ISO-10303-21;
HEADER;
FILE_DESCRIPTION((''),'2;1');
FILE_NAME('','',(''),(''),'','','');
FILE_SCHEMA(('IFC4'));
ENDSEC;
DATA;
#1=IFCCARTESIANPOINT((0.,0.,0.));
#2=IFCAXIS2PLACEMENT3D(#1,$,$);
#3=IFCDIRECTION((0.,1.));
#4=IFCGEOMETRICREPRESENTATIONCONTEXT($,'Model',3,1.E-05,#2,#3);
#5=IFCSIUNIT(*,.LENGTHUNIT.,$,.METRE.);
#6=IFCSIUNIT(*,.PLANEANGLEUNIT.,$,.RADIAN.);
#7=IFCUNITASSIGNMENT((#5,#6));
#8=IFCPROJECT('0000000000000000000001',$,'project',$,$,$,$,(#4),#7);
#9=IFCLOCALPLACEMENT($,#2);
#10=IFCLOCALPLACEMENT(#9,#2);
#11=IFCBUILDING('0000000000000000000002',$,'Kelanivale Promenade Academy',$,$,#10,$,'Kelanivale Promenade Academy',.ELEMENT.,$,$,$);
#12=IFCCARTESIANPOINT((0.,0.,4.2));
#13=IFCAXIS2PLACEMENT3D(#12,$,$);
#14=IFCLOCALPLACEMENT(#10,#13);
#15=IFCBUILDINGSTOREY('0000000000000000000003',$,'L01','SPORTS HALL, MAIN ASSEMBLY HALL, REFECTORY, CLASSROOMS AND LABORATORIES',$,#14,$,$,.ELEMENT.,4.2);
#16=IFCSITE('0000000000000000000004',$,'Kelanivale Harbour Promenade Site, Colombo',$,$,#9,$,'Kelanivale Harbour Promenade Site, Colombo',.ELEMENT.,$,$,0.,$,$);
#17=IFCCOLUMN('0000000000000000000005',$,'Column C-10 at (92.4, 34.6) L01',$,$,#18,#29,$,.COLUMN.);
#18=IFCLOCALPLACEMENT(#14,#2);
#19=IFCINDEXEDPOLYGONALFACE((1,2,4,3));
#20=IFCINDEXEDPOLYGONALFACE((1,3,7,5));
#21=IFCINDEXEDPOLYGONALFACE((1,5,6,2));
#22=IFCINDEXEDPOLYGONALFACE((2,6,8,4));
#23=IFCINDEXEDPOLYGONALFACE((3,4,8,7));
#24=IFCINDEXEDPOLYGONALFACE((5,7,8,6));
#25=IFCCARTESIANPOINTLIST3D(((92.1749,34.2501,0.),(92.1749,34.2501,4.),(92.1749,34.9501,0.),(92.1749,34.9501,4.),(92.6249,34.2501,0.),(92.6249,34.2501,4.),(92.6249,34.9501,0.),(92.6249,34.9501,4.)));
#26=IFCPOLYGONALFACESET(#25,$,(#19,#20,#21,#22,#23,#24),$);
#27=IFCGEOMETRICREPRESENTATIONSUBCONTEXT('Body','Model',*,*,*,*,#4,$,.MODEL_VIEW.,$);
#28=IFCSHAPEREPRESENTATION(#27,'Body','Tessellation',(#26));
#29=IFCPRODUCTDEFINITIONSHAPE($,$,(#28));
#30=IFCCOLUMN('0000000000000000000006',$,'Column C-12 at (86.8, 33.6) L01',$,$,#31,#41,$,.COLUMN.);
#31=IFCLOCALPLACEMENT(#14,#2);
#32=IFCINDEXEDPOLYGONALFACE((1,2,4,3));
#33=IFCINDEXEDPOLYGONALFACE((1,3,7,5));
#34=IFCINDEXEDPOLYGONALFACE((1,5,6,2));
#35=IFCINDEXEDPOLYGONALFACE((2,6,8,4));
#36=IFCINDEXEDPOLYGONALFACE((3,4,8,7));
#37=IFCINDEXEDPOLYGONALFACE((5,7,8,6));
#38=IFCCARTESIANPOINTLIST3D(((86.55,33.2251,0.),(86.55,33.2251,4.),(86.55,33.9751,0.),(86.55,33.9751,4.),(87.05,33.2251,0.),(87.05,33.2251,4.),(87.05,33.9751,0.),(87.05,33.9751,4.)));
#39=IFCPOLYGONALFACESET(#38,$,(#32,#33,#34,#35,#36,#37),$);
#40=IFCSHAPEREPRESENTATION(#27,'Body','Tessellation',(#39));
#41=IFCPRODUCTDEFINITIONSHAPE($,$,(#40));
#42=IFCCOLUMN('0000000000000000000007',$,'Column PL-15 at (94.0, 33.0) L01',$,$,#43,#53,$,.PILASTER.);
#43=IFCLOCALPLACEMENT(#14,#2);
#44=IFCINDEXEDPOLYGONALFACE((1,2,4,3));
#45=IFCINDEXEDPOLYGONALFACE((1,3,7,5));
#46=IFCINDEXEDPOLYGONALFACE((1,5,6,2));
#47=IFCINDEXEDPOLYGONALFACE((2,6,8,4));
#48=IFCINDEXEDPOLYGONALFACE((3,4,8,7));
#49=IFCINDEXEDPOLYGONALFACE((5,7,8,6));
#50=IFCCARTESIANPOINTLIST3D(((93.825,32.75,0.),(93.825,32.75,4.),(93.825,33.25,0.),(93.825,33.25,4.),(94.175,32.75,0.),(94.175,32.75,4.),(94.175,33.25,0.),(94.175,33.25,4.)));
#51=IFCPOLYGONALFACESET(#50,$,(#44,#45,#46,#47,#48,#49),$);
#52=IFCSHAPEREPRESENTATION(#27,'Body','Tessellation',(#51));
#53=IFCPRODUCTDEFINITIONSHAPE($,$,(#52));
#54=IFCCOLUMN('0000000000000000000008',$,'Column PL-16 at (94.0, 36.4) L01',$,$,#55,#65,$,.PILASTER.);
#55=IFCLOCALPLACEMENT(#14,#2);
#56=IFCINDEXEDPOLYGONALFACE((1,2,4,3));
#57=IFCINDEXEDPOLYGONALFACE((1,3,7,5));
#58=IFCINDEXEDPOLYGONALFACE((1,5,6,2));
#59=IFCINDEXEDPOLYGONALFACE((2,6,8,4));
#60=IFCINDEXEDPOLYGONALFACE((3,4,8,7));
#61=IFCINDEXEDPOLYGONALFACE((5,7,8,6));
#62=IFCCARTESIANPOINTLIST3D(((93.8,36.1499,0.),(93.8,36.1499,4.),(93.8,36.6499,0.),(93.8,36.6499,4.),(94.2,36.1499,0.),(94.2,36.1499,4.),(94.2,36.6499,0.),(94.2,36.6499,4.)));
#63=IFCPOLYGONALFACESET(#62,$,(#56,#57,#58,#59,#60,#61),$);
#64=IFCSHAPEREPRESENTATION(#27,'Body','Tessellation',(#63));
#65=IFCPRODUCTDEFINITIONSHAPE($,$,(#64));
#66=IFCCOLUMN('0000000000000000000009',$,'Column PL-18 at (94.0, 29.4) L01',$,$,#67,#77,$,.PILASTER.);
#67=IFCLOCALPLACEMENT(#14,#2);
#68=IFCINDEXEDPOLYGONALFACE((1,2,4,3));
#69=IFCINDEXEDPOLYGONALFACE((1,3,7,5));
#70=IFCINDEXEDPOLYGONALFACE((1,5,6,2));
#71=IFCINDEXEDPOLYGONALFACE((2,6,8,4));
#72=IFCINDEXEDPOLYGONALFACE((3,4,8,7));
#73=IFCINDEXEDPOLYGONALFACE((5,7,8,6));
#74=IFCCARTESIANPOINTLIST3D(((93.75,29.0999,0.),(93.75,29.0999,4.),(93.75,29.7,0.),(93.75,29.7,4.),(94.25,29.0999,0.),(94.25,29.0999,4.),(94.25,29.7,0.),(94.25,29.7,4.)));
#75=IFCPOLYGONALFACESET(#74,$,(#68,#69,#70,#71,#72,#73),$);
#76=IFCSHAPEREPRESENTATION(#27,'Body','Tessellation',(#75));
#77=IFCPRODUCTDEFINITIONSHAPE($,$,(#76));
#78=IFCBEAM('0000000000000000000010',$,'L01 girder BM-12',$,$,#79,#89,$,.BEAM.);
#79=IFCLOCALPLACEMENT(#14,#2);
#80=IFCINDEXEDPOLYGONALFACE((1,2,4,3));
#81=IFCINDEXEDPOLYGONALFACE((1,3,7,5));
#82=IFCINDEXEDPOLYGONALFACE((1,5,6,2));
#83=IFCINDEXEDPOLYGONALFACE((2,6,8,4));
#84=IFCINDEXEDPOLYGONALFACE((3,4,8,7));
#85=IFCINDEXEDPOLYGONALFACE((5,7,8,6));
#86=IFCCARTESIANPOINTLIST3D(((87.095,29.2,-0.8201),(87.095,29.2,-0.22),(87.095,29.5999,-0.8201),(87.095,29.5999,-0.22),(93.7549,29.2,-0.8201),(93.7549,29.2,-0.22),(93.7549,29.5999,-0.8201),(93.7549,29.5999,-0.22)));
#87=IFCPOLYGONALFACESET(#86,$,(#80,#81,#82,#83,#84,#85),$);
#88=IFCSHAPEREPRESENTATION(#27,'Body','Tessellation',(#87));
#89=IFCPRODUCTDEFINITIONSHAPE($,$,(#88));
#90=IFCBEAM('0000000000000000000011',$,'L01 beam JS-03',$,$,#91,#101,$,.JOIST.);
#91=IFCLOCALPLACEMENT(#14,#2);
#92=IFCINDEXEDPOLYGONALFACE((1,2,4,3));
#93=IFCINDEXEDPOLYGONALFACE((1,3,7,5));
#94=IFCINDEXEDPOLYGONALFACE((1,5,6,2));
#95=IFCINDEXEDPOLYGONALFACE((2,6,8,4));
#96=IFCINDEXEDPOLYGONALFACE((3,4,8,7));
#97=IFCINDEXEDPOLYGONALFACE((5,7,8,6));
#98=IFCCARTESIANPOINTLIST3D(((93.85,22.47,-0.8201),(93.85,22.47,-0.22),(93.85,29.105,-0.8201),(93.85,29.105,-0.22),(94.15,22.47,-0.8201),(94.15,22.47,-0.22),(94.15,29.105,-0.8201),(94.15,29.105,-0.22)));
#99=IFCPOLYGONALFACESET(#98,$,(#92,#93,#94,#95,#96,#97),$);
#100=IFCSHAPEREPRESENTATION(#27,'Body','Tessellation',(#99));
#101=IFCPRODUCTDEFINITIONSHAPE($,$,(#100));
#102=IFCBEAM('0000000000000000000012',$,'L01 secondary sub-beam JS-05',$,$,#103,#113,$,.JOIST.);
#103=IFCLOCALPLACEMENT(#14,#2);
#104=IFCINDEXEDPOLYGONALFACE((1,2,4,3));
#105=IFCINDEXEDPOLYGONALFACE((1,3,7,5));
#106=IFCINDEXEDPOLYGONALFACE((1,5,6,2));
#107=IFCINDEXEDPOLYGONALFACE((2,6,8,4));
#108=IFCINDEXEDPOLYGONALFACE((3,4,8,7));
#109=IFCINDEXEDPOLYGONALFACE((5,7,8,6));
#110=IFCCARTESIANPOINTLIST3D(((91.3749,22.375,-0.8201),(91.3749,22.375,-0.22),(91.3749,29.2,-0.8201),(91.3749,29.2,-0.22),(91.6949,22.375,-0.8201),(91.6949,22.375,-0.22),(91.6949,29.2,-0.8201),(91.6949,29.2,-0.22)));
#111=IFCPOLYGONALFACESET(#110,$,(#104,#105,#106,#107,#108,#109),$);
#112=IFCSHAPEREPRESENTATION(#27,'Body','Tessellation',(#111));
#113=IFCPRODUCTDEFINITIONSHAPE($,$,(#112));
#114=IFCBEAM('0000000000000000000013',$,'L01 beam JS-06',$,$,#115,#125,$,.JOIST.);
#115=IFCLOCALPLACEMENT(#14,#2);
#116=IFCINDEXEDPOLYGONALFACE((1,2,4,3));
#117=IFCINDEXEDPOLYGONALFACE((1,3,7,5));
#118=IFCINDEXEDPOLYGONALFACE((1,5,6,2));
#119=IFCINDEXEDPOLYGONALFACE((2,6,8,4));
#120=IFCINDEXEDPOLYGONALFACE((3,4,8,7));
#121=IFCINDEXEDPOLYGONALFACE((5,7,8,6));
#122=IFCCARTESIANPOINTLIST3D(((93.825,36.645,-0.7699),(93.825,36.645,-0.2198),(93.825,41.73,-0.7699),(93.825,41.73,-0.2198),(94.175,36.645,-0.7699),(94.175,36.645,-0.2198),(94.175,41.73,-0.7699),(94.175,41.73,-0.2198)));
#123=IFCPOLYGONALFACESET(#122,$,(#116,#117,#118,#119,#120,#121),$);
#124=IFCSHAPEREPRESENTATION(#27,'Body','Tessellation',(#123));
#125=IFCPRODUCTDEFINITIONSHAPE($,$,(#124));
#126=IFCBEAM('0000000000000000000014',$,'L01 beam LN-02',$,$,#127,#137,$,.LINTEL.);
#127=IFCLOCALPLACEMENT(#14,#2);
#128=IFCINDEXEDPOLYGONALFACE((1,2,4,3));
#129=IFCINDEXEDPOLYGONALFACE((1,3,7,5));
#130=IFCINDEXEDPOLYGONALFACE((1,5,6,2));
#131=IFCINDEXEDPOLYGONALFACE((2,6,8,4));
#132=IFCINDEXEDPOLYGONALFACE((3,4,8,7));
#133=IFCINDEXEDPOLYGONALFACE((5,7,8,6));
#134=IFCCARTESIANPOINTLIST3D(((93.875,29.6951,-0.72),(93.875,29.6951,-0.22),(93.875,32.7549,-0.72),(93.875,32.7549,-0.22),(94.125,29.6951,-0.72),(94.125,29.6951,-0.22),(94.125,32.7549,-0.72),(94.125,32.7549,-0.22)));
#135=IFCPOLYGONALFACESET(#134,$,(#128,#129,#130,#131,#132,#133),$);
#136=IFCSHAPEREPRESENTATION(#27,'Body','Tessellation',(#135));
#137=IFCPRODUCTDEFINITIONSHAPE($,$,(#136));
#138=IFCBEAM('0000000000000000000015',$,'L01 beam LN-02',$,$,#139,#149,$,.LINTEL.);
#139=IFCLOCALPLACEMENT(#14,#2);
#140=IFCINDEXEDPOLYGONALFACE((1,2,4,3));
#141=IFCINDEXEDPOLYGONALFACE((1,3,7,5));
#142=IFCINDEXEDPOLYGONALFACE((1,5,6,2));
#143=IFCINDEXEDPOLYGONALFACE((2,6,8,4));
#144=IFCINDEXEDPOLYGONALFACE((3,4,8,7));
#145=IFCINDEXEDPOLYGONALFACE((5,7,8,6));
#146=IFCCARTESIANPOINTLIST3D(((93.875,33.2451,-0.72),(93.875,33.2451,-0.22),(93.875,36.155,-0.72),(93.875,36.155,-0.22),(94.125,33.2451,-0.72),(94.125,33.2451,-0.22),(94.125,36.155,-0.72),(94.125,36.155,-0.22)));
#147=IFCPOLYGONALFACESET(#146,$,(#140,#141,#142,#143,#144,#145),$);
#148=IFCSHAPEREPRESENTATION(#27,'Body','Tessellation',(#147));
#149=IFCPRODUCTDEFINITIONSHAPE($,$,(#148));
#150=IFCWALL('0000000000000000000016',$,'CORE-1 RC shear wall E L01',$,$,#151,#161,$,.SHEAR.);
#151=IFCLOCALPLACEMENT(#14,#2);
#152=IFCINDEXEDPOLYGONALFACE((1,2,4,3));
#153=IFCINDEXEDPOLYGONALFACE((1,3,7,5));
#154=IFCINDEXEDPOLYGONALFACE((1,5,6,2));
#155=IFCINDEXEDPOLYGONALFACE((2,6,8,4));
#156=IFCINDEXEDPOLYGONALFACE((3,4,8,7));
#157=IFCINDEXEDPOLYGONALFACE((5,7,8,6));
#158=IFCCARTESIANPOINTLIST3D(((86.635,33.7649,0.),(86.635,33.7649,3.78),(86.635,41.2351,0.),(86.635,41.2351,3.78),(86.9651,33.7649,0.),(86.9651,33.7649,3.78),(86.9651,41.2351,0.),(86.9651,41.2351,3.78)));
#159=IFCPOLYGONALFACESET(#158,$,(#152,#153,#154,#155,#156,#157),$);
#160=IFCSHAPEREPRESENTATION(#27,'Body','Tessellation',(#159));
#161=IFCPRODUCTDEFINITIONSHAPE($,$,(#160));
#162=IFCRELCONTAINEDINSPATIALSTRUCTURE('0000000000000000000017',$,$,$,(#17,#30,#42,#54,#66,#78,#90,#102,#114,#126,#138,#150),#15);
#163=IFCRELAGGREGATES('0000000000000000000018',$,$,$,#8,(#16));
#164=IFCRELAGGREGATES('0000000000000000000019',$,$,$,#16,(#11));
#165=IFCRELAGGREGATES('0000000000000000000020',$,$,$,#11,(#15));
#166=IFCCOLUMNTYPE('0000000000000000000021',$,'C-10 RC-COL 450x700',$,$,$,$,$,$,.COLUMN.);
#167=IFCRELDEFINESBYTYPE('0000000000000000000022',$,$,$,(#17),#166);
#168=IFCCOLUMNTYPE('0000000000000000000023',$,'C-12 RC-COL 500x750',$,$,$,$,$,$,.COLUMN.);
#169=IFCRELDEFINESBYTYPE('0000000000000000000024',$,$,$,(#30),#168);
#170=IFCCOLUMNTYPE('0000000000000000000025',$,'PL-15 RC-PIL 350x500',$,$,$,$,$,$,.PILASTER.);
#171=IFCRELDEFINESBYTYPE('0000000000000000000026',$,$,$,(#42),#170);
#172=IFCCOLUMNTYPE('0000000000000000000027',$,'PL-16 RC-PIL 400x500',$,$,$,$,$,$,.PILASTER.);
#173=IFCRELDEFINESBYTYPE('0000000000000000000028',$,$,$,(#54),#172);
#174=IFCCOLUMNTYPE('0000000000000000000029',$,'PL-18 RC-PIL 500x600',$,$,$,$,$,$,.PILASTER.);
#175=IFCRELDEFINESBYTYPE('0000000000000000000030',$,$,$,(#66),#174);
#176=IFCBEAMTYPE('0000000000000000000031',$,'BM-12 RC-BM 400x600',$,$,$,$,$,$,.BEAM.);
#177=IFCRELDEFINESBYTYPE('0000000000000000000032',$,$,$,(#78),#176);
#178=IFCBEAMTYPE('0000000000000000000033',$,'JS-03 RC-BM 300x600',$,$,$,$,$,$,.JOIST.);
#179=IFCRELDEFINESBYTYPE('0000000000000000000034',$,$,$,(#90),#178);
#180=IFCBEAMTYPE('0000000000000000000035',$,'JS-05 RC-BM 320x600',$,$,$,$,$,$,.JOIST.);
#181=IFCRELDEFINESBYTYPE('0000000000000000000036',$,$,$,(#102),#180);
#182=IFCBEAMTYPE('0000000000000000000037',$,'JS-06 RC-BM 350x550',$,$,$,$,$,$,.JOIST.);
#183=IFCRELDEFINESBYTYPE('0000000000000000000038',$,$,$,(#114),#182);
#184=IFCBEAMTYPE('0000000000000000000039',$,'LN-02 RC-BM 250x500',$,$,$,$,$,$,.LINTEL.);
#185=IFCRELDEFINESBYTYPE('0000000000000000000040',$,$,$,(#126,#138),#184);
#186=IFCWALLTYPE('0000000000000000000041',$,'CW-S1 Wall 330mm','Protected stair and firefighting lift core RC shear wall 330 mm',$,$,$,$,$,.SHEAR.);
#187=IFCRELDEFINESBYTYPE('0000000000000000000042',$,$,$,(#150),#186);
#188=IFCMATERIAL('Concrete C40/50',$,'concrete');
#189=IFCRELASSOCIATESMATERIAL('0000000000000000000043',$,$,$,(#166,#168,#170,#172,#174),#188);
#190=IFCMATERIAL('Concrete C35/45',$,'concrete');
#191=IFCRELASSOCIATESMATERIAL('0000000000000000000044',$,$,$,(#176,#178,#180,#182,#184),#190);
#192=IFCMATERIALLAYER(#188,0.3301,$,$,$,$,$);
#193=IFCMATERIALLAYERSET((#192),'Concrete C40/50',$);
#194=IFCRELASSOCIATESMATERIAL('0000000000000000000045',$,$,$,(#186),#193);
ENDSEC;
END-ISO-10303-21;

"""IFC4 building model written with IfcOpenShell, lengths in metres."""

from ifc_helpers import new_model, si_unit, direction, frame, frame_2d, origin, origin_2d, place, context, subcontext, project, spatial, rectangle, extrude, material, layer, layer_set, material_profile, profile_set, type_object, element, save


model = new_model("IFC4")

# Units and contexts
model_context = context("Model", 3, precision=1e-05, world=origin(), true_north=direction((0.0, 1.0)))
body_context = subcontext(model_context, "Body", "Model", "MODEL_VIEW")
ifc_project = project(units=[si_unit("LENGTHUNIT", "METRE"), si_unit("PLANEANGLEUNIT", "RADIAN")], contexts=[model_context])

# Site, building, storey
site_placement = place(None, origin())
site = spatial("IfcSite", under=ifc_project, at=site_placement, Name="Kelanivale Harbour Promenade Site, Colombo", LongName="Kelanivale Harbour Promenade Site, Colombo", CompositionType="ELEMENT", RefElevation=0.0)
building_placement = place(site_placement, origin())
building = spatial("IfcBuilding", under=site, at=building_placement, Name="Kelanivale Promenade Academy", LongName="Kelanivale Promenade Academy", CompositionType="ELEMENT")
storey_placement = place(building_placement, frame((0.0, 0.0, 4.2)))
storey = spatial("IfcBuildingStorey", under=building, at=storey_placement, Name="L01", Description="SPORTS HALL, MAIN ASSEMBLY HALL, REFECTORY, CLASSROOMS AND LABORATORIES", CompositionType="ELEMENT", Elevation=4.2)

# Columns
ifc_material_1 = material(Name="Concrete C40/50", Category="concrete")
ifc_material_profile_1 = material_profile(ifc_material_1, rectangle(XDim=0.45, YDim=0.7, at=origin_2d()), Name="RC-COL 450x700")
ifc_profile_set_1 = profile_set([ifc_material_profile_1], Name="Concrete C40/50")
column_type_1 = type_object("IfcColumnType", Name="C-10 RC-COL 450x700", PredefinedType="COLUMN", material=ifc_profile_set_1)
column_1_placement = place(storey_placement, frame((92.3999, 34.6001, 0.0), z_axis=(0.0, 0.0, 1.0), x_axis=(1.0, 0.0, 0.0)))
element("IfcColumn", 1, at=column_1_placement, inside=storey, type_object=column_type_1, Name="Column C-10 at (92.4, 34.6) L01", PredefinedType="COLUMN", context=body_context, shape_type="SweptSolid", body=[
    extrude(rectangle(XDim=0.45, YDim=0.7, at=origin_2d()), origin(), (0.0, 0.0, 1.0), 4.0),
])
ifc_material_profile_2 = material_profile(ifc_material_1, rectangle(XDim=0.5, YDim=0.75, at=origin_2d()), Name="RC-COL 500x750")
ifc_profile_set_2 = profile_set([ifc_material_profile_2], Name="Concrete C40/50")
column_type_2 = type_object("IfcColumnType", Name="C-12 RC-COL 500x750", PredefinedType="COLUMN", material=ifc_profile_set_2)
column_2_placement = place(storey_placement, frame((86.8, 33.6001, 0.0), z_axis=(0.0, 0.0, 1.0), x_axis=(1.0, 0.0, 0.0)))
element("IfcColumn", 2, at=column_2_placement, inside=storey, type_object=column_type_2, Name="Column C-12 at (86.8, 33.6) L01", PredefinedType="COLUMN", context=body_context, shape_type="SweptSolid", body=[
    extrude(rectangle(XDim=0.5, YDim=0.75, at=origin_2d()), origin(), (0.0, 0.0, 1.0), 4.0),
])
ifc_material_profile_3 = material_profile(ifc_material_1, rectangle(XDim=0.3501, YDim=0.5, at=origin_2d()), Name="RC-PIL 350x500")
ifc_profile_set_3 = profile_set([ifc_material_profile_3], Name="Concrete C40/50")
column_type_3 = type_object("IfcColumnType", Name="PL-15 RC-PIL 350x500", PredefinedType="PILASTER", material=ifc_profile_set_3)
column_3_placement = place(storey_placement, frame((94.0, 33.0, 0.0), z_axis=(0.0, 0.0, 1.0), x_axis=(1.0, 0.0, 0.0)))
element("IfcColumn", 3, at=column_3_placement, inside=storey, type_object=column_type_3, Name="Column PL-15 at (94.0, 33.0) L01", PredefinedType="PILASTER", context=body_context, shape_type="SweptSolid", body=[
    extrude(rectangle(XDim=0.3501, YDim=0.5, at=origin_2d()), origin(), (0.0, 0.0, 1.0), 4.0),
])
ifc_material_profile_4 = material_profile(ifc_material_1, rectangle(XDim=0.3999, YDim=0.5, at=origin_2d()), Name="RC-PIL 400x500")
ifc_profile_set_4 = profile_set([ifc_material_profile_4], Name="Concrete C40/50")
column_type_4 = type_object("IfcColumnType", Name="PL-16 RC-PIL 400x500", PredefinedType="PILASTER", material=ifc_profile_set_4)
column_4_placement = place(storey_placement, frame((94.0, 36.3999, 0.0), z_axis=(0.0, 0.0, 1.0), x_axis=(1.0, 0.0, 0.0)))
element("IfcColumn", 4, at=column_4_placement, inside=storey, type_object=column_type_4, Name="Column PL-16 at (94.0, 36.4) L01", PredefinedType="PILASTER", context=body_context, shape_type="SweptSolid", body=[
    extrude(rectangle(XDim=0.3999, YDim=0.5, at=origin_2d()), origin(), (0.0, 0.0, 1.0), 4.0),
])
ifc_material_profile_5 = material_profile(ifc_material_1, rectangle(XDim=0.5, YDim=0.6001, at=origin_2d()), Name="RC-PIL 500x600")
ifc_profile_set_5 = profile_set([ifc_material_profile_5], Name="Concrete C40/50")
column_type_5 = type_object("IfcColumnType", Name="PL-18 RC-PIL 500x600", PredefinedType="PILASTER", material=ifc_profile_set_5)
column_5_placement = place(storey_placement, frame((94.0, 29.3999, 0.0), z_axis=(0.0, 0.0, 1.0), x_axis=(1.0, 0.0, 0.0)))
element("IfcColumn", 5, at=column_5_placement, inside=storey, type_object=column_type_5, Name="Column PL-18 at (94.0, 29.4) L01", PredefinedType="PILASTER", context=body_context, shape_type="SweptSolid", body=[
    extrude(rectangle(XDim=0.5, YDim=0.6001, at=origin_2d()), origin(), (0.0, 0.0, 1.0), 4.0),
])

# Beams
ifc_material_2 = material(Name="Concrete C35/45", Category="concrete")
ifc_material_profile_6 = material_profile(ifc_material_2, rectangle(XDim=0.3999, YDim=0.6001, at=origin_2d()), Name="RC-BM 400x600")
ifc_profile_set_6 = profile_set([ifc_material_profile_6], Name="Concrete C35/45")
beam_type_1 = type_object("IfcBeamType", Name="BM-12 RC-BM 400x600", PredefinedType="BEAM", material=ifc_profile_set_6)
beam_1_placement = place(storey_placement, frame((87.095, 29.3999, -0.52), z_axis=(1.0, 0.0, 0.0), x_axis=(0.0, 1.0, 0.0)))
element("IfcBeam", 6, at=beam_1_placement, inside=storey, type_object=beam_type_1, Name="L01 girder BM-12", PredefinedType="BEAM", context=body_context, shape_type="SweptSolid", body=[
    extrude(rectangle(XDim=0.3999, YDim=0.6001, at=origin_2d()), origin(), (0.0, 0.0, 1.0), 6.6599),
])
ifc_material_profile_7 = material_profile(ifc_material_2, rectangle(XDim=0.3, YDim=0.6001, at=origin_2d()), Name="RC-BM 300x600")
ifc_profile_set_7 = profile_set([ifc_material_profile_7], Name="Concrete C35/45")
beam_type_2 = type_object("IfcBeamType", Name="JS-03 RC-BM 300x600", PredefinedType="JOIST", material=ifc_profile_set_7)
beam_2_placement = place(storey_placement, frame((94.0, 22.47, -0.52), z_axis=(0.0, 1.0, 0.0), x_axis=(-1.0, 0.0, 0.0)))
element("IfcBeam", 7, at=beam_2_placement, inside=storey, type_object=beam_type_2, Name="L01 beam JS-03", PredefinedType="JOIST", context=body_context, shape_type="SweptSolid", body=[
    extrude(rectangle(XDim=0.3, YDim=0.6001, at=origin_2d()), origin(), (0.0, 0.0, 1.0), 6.635),
])
ifc_material_profile_8 = material_profile(ifc_material_2, rectangle(XDim=0.3201, YDim=0.6001, at=origin_2d()), Name="RC-BM 320x600")
ifc_profile_set_8 = profile_set([ifc_material_profile_8], Name="Concrete C35/45")
beam_type_3 = type_object("IfcBeamType", Name="JS-05 RC-BM 320x600", PredefinedType="JOIST", material=ifc_profile_set_8)
beam_3_placement = place(storey_placement, frame((91.5349, 22.375, -0.52), z_axis=(0.0, 1.0, 0.0), x_axis=(-1.0, 0.0, 0.0)))
element("IfcBeam", 8, at=beam_3_placement, inside=storey, type_object=beam_type_3, Name="L01 secondary sub-beam JS-05", PredefinedType="JOIST", context=body_context, shape_type="SweptSolid", body=[
    extrude(rectangle(XDim=0.3201, YDim=0.6001, at=origin_2d()), origin(), (0.0, 0.0, 1.0), 6.825),
])
ifc_material_profile_9 = material_profile(ifc_material_2, rectangle(XDim=0.3501, YDim=0.55, at=origin_2d()), Name="RC-BM 350x550")
ifc_profile_set_9 = profile_set([ifc_material_profile_9], Name="Concrete C35/45")
beam_type_4 = type_object("IfcBeamType", Name="JS-06 RC-BM 350x550", PredefinedType="JOIST", material=ifc_profile_set_9)
beam_4_placement = place(storey_placement, frame((94.0, 36.645, -0.4949), z_axis=(0.0, 1.0, 0.0), x_axis=(-1.0, 0.0, 0.0)))
element("IfcBeam", 9, at=beam_4_placement, inside=storey, type_object=beam_type_4, Name="L01 beam JS-06", PredefinedType="JOIST", context=body_context, shape_type="SweptSolid", body=[
    extrude(rectangle(XDim=0.3501, YDim=0.55, at=origin_2d()), origin(), (0.0, 0.0, 1.0), 5.085),
])
ifc_material_profile_10 = material_profile(ifc_material_2, rectangle(XDim=0.25, YDim=0.5, at=origin_2d()), Name="RC-BM 250x500")
ifc_profile_set_10 = profile_set([ifc_material_profile_10], Name="Concrete C35/45")
beam_type_5 = type_object("IfcBeamType", Name="LN-02 RC-BM 250x500", PredefinedType="LINTEL", material=ifc_profile_set_10)
beam_5_placement = place(storey_placement, frame((94.0, 29.6951, -0.47), z_axis=(0.0, 1.0, 0.0), x_axis=(-1.0, 0.0, 0.0)))
element("IfcBeam", 10, at=beam_5_placement, inside=storey, type_object=beam_type_5, Name="L01 beam LN-02", PredefinedType="LINTEL", context=body_context, shape_type="SweptSolid", body=[
    extrude(rectangle(XDim=0.25, YDim=0.5, at=origin_2d()), origin(), (0.0, 0.0, 1.0), 3.0598),
])
beam_6_placement = place(storey_placement, frame((94.0, 33.2451, -0.47), z_axis=(0.0, 1.0, 0.0), x_axis=(-1.0, 0.0, 0.0)))
element("IfcBeam", 11, at=beam_6_placement, inside=storey, type_object=beam_type_5, Name="L01 beam LN-02", PredefinedType="LINTEL", context=body_context, shape_type="SweptSolid", body=[
    extrude(rectangle(XDim=0.25, YDim=0.5, at=origin_2d()), origin(), (0.0, 0.0, 1.0), 2.9099),
])

# Wall
ifc_layer_1 = layer(ifc_material_1, 0.3301)
ifc_layer_set_1 = layer_set([ifc_layer_1], Name="Concrete C40/50")
wall_type = type_object("IfcWallType", Name="CW-S1 Wall 330mm", Description="Protected stair and firefighting lift core RC shear wall 330 mm", PredefinedType="SHEAR", material=ifc_layer_set_1)
wall_placement = place(storey_placement, frame((86.8, 33.7649, 0.0), z_axis=(0.0, 0.0, 1.0), x_axis=(0.0, 1.0, 0.0)))
element("IfcWall", 12, at=wall_placement, inside=storey, type_object=wall_type, Name="CORE-1 RC shear wall E L01", PredefinedType="SHEAR", context=body_context, shape_type="SweptSolid", body=[
    extrude(rectangle(XDim=7.4702, YDim=0.3301, at=frame_2d((3.7351, 0.0))), origin(), (0.0, 0.0, 1.0), 3.78),
])

save(model, "model.ifc")
